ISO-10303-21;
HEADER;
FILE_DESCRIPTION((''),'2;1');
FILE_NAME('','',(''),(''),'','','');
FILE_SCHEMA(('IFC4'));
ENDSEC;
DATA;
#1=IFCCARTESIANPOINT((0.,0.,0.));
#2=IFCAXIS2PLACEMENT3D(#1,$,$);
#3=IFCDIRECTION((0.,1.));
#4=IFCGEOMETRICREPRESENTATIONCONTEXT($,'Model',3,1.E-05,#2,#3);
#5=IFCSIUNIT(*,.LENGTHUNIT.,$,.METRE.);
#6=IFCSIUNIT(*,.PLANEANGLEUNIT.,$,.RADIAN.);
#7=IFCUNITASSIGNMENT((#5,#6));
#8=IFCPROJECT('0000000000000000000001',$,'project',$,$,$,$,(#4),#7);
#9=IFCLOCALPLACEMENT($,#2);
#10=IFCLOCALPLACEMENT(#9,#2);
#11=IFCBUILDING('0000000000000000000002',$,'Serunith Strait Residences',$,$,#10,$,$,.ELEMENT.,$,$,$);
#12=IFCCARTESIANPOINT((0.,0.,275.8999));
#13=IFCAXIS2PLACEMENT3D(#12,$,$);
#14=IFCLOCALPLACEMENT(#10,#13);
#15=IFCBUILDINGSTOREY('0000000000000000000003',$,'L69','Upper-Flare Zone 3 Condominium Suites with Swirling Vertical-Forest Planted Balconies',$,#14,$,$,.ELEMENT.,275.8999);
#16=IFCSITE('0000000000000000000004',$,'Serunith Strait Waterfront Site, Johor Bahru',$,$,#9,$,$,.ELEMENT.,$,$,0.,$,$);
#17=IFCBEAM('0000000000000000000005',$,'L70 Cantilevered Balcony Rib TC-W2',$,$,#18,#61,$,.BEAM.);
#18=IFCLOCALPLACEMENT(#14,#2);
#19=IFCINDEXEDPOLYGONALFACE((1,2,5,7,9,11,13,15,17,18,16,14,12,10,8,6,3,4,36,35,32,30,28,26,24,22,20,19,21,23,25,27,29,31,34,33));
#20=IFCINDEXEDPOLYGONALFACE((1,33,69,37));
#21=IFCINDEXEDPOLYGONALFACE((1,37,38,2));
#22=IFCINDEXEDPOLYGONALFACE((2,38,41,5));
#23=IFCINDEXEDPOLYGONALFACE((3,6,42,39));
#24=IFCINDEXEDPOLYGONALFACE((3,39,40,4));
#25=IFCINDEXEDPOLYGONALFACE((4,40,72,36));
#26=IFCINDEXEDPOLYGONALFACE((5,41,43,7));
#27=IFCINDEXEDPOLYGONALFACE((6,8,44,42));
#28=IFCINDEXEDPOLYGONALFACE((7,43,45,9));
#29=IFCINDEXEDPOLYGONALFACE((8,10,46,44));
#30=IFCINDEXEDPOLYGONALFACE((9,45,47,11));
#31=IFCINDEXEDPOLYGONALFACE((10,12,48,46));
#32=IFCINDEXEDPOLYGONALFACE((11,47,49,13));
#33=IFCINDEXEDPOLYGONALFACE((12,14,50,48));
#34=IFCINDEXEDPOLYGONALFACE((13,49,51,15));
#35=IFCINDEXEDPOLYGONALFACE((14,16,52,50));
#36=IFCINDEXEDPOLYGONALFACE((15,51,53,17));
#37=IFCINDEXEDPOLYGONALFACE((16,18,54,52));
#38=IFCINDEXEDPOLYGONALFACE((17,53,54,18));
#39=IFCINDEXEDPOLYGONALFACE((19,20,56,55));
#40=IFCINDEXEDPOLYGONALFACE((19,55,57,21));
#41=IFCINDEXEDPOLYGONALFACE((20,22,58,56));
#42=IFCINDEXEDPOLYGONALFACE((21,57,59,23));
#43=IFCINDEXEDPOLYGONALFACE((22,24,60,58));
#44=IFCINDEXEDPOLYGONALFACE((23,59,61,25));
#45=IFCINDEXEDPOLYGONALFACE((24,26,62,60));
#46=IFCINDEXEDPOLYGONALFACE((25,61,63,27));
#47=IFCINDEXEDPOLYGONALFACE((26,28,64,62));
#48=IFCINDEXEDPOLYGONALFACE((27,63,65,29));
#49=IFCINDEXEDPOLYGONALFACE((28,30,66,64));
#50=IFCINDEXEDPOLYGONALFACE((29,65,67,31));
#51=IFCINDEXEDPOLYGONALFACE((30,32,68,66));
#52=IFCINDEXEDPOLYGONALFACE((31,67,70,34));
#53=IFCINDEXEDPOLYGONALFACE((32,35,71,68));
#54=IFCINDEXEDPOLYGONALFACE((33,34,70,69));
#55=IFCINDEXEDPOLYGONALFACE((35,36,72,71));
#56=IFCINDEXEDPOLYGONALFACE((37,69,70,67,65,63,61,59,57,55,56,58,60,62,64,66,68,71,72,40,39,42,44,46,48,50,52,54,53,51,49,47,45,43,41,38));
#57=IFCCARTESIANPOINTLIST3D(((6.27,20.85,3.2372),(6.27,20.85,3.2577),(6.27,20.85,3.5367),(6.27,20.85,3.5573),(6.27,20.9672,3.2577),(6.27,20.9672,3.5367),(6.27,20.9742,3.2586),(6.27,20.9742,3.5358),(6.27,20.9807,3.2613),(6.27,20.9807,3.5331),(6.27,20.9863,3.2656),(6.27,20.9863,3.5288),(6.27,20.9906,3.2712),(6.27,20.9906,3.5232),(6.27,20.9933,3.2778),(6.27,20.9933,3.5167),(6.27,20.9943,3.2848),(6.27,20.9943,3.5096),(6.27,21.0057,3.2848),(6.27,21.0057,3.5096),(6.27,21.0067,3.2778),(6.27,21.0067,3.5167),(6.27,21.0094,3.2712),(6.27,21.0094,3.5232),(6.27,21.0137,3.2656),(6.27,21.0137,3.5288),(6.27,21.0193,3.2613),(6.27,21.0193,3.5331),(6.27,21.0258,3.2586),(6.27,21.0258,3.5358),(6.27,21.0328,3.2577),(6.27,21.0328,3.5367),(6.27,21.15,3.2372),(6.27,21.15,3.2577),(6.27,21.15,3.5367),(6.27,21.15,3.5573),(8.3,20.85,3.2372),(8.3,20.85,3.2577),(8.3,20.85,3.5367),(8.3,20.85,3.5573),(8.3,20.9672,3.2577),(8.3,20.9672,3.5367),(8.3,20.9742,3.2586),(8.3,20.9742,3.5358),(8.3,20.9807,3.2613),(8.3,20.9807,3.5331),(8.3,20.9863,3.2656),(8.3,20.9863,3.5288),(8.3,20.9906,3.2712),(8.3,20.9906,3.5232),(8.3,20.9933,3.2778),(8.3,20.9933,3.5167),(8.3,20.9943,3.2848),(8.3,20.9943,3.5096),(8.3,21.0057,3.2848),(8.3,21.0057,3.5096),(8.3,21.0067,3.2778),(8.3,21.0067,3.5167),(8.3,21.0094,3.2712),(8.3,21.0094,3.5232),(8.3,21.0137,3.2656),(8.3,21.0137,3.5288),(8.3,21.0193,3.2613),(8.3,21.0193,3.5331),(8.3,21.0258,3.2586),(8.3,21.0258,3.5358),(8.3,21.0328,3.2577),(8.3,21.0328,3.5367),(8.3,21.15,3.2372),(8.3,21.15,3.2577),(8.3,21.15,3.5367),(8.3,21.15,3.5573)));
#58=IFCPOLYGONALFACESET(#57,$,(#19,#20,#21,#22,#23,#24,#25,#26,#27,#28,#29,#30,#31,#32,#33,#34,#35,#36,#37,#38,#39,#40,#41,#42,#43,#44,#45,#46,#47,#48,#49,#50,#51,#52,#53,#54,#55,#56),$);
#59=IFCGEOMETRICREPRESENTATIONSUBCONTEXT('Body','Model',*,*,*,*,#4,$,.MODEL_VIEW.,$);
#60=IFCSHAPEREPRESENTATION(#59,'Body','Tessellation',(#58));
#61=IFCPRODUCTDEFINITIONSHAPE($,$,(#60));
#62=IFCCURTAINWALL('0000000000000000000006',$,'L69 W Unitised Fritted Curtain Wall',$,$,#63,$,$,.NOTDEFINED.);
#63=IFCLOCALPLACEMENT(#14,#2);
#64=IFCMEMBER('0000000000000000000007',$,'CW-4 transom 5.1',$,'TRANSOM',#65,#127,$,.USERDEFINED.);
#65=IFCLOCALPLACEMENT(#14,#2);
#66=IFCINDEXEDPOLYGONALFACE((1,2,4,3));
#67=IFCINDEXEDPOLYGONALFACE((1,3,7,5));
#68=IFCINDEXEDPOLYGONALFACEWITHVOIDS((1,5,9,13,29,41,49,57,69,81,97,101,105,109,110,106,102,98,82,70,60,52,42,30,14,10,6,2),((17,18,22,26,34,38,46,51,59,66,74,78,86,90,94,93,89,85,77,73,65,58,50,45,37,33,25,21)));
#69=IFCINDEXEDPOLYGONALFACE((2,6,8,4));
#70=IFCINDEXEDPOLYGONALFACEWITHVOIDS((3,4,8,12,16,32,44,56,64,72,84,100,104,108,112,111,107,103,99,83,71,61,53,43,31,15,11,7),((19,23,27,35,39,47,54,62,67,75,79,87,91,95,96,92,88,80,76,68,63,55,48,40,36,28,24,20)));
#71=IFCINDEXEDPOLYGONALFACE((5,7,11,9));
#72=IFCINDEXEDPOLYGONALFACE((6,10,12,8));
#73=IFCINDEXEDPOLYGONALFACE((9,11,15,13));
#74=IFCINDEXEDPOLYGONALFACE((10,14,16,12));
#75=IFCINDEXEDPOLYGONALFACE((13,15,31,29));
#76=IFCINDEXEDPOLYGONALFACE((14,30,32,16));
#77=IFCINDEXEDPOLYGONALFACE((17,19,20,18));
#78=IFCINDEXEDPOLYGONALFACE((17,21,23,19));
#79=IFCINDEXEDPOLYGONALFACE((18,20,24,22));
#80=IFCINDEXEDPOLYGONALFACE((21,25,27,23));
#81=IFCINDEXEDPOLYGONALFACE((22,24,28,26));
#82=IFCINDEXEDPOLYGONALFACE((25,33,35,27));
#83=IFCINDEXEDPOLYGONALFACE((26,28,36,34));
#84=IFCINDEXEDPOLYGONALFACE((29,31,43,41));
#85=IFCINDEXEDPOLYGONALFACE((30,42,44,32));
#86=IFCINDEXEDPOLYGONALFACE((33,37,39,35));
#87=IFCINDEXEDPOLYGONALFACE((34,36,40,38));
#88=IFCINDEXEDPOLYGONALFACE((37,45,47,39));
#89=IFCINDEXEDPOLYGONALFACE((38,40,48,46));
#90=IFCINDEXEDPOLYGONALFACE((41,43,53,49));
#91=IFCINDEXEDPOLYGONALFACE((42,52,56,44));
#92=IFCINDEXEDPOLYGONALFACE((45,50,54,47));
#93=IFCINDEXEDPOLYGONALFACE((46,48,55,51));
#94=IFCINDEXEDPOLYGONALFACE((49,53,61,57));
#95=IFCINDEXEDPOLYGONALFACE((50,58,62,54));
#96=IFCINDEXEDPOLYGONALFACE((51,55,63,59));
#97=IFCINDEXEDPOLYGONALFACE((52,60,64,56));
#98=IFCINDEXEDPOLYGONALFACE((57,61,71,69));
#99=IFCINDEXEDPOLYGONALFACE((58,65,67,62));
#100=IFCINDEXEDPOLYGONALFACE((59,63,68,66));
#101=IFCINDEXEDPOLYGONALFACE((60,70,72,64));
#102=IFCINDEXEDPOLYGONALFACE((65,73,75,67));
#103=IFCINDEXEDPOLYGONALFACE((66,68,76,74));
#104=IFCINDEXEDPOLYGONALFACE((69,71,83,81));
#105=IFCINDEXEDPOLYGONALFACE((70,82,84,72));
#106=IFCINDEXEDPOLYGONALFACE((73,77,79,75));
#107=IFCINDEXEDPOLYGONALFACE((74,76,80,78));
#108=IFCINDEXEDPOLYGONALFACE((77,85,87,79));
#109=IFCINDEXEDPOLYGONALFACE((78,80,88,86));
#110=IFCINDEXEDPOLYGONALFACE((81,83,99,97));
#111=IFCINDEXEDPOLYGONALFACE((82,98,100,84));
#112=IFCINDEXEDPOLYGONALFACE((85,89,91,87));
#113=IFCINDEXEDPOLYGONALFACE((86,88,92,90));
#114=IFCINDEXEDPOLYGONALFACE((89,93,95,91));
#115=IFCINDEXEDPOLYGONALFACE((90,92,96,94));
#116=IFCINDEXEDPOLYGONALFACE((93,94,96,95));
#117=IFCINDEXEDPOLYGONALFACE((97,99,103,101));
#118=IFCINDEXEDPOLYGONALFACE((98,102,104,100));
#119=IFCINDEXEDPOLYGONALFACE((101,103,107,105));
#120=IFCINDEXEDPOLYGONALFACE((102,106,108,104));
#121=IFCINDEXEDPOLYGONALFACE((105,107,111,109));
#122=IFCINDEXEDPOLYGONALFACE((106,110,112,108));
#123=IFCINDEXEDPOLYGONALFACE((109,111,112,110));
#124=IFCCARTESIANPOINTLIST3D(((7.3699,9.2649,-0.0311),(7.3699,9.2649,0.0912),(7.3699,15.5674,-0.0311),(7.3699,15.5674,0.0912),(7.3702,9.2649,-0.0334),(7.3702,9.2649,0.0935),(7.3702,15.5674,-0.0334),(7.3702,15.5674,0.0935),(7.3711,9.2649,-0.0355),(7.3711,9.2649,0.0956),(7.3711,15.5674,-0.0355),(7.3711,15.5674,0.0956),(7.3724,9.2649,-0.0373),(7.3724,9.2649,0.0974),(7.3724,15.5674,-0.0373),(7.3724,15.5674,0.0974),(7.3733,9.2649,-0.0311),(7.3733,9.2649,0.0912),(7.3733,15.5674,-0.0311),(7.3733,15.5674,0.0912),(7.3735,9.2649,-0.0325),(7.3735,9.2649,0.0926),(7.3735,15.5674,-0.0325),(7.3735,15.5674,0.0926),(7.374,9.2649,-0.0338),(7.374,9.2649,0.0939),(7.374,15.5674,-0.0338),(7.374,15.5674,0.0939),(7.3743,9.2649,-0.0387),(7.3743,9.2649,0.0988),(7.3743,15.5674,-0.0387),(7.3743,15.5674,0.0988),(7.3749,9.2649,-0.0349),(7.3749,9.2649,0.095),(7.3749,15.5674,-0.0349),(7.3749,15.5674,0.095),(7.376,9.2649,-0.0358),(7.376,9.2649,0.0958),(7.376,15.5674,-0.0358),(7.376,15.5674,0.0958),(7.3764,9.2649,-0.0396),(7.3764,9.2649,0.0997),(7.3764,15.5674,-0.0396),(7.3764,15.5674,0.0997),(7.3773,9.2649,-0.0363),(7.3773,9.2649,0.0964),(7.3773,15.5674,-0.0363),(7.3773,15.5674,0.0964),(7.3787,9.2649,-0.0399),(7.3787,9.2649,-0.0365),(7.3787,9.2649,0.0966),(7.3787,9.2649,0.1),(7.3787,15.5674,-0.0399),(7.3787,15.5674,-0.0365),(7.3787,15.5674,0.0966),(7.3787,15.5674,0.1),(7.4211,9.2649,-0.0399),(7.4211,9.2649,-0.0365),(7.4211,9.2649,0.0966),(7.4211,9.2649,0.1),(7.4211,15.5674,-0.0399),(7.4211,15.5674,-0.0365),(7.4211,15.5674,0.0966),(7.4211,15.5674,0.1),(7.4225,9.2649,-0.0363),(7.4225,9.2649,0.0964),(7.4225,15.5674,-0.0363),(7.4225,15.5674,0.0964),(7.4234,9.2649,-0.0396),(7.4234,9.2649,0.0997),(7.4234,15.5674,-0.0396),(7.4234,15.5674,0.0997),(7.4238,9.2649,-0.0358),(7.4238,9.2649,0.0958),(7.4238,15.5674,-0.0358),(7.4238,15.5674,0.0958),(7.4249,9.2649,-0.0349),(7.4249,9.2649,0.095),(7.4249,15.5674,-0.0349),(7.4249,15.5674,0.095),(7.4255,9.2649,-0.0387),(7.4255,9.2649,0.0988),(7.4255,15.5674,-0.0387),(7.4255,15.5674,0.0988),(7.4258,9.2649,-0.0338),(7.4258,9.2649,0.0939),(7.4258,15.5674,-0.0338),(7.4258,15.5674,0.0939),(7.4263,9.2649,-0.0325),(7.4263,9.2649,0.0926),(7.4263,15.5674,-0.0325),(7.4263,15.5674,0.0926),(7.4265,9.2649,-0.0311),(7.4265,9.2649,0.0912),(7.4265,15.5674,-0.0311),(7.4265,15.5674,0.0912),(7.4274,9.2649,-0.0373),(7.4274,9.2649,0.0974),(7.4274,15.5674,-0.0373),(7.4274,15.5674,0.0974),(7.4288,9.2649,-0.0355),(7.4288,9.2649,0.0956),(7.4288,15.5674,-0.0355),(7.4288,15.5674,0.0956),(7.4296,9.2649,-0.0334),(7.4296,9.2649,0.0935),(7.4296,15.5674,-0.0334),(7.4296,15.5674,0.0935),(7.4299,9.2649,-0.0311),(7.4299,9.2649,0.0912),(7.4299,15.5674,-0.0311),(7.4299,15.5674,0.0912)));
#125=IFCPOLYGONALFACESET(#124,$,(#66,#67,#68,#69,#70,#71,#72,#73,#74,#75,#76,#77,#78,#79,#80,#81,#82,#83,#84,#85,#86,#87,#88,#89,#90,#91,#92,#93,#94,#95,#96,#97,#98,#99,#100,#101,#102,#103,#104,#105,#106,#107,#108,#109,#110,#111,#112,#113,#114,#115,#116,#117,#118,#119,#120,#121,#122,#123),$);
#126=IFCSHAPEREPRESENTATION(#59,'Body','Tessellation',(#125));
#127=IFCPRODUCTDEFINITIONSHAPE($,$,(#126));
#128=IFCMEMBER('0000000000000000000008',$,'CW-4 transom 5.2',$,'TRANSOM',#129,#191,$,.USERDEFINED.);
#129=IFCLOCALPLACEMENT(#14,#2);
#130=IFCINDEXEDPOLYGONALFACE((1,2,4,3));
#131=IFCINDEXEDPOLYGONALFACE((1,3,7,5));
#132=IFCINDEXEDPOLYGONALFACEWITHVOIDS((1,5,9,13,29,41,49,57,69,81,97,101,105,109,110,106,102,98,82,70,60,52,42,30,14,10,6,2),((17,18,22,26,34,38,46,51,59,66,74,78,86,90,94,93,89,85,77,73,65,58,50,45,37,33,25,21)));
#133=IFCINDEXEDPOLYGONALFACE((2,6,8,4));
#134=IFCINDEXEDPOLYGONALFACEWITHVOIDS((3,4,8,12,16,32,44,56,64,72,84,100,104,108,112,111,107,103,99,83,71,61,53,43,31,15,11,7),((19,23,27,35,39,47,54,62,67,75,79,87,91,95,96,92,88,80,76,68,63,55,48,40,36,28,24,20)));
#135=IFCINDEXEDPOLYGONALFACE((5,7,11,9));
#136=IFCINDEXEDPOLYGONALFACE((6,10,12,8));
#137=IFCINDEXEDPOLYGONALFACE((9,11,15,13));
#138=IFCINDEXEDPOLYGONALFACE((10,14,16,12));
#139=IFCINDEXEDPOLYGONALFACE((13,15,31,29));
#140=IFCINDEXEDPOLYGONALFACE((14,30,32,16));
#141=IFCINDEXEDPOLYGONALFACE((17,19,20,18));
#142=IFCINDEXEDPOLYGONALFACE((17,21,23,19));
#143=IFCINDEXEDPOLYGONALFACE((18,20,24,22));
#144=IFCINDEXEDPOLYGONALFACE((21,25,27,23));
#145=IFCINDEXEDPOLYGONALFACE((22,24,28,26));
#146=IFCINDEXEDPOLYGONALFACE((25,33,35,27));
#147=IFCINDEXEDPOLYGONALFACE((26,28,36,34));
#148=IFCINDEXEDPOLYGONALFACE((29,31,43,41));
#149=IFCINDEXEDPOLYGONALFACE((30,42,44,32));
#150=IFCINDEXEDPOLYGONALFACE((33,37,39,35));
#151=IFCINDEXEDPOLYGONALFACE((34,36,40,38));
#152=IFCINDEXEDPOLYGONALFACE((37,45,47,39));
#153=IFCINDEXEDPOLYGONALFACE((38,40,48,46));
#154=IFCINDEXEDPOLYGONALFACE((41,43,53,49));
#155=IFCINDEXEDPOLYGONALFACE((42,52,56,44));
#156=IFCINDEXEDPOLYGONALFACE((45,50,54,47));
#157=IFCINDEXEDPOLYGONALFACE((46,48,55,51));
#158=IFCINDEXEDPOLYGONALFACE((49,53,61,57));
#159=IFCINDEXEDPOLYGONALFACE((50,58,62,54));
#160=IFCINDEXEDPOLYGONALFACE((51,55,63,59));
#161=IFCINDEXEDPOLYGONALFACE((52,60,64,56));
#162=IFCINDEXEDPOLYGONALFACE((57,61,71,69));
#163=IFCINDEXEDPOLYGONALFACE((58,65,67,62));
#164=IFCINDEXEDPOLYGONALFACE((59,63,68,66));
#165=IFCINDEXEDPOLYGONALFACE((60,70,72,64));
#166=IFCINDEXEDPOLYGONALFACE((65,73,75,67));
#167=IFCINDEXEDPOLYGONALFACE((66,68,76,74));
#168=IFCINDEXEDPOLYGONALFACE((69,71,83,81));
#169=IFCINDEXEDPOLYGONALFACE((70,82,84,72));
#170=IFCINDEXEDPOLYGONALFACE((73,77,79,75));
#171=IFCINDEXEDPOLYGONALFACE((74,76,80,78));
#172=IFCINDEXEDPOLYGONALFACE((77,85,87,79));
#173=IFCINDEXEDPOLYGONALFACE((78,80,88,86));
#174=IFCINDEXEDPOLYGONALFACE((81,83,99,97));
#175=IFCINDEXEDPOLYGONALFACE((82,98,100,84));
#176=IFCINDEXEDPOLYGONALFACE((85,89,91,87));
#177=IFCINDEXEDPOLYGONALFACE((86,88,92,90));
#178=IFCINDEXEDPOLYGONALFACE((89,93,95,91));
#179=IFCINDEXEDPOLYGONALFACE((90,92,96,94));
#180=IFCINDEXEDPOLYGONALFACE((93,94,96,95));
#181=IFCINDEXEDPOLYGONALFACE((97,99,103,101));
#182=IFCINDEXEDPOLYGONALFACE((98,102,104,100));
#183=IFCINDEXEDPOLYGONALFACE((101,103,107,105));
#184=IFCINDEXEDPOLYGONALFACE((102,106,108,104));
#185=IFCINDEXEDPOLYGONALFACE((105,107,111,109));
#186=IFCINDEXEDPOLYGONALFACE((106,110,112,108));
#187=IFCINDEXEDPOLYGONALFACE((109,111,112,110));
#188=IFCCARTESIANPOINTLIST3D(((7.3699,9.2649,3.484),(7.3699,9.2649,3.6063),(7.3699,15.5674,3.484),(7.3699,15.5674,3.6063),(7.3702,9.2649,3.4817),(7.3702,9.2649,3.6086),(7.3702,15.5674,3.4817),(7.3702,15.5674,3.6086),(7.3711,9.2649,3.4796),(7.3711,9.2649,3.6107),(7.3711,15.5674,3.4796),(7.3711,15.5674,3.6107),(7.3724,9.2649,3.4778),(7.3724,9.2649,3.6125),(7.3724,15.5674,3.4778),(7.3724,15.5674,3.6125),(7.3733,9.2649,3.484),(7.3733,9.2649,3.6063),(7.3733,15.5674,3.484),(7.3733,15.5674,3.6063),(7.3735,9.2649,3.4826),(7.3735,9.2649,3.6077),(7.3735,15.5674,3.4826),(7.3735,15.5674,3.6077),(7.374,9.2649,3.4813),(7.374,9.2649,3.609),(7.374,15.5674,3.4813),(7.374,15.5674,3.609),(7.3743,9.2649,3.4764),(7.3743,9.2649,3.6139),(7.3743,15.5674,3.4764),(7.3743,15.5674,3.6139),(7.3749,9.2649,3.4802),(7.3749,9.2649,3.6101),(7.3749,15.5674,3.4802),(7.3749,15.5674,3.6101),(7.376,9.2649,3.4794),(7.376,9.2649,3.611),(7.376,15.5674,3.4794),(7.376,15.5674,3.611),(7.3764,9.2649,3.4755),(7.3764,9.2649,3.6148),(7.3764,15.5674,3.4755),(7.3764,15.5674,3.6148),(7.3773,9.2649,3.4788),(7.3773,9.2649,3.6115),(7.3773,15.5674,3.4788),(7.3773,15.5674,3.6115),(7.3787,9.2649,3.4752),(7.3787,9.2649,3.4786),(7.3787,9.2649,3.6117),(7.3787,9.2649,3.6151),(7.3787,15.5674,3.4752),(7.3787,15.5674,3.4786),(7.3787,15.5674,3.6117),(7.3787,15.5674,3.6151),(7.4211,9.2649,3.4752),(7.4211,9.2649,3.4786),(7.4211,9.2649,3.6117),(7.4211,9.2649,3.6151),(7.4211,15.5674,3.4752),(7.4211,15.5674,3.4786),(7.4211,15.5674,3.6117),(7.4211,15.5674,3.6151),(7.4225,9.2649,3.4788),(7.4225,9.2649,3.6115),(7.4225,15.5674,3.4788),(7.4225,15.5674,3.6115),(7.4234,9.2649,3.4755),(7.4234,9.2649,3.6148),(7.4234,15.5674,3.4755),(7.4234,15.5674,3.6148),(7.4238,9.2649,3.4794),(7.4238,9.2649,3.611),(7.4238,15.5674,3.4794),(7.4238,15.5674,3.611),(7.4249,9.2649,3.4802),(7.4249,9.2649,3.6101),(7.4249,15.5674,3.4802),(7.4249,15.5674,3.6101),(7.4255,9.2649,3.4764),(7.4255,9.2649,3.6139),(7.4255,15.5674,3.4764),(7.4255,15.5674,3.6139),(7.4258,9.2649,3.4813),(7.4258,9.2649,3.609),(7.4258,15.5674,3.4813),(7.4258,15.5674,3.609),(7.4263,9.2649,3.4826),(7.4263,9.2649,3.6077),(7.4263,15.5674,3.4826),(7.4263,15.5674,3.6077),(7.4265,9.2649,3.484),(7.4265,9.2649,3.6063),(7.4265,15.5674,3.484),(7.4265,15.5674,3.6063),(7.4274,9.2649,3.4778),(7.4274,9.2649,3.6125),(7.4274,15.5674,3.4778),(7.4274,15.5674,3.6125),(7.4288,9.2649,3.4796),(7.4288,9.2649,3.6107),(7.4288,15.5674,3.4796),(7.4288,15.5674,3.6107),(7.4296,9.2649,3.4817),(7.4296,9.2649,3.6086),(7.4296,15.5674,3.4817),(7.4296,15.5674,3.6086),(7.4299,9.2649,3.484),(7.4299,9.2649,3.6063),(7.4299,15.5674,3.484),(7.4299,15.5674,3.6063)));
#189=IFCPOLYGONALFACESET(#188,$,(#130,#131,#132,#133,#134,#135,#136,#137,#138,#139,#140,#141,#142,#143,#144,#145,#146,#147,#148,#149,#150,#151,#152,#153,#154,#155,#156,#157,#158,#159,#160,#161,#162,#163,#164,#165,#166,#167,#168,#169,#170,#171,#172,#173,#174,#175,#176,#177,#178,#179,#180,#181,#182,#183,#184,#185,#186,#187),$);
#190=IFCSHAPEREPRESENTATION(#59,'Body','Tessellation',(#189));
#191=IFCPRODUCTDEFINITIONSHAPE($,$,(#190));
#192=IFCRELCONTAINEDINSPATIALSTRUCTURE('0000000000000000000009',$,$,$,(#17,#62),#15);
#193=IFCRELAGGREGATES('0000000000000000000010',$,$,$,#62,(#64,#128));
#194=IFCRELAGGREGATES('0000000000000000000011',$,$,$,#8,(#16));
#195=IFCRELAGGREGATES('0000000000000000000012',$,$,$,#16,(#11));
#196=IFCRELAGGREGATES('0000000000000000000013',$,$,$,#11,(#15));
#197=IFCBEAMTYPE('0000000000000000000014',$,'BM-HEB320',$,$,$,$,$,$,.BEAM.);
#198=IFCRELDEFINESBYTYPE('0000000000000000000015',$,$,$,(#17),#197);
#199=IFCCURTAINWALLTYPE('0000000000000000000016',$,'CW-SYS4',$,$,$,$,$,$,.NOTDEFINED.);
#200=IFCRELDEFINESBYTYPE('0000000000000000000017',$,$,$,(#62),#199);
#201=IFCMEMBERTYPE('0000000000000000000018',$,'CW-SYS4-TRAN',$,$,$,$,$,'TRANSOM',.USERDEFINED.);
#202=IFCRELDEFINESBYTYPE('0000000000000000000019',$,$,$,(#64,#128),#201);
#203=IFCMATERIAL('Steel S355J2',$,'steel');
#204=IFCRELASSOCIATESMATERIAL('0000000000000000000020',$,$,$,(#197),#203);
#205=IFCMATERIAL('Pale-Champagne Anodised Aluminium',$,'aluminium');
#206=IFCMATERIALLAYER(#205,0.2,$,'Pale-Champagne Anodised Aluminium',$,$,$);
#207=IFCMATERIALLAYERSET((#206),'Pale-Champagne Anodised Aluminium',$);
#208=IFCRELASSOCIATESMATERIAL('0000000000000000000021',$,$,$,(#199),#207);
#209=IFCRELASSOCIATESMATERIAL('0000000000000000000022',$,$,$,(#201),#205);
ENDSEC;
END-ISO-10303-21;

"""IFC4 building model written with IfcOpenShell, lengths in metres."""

from ifc_helpers import new_model, si_unit, direction, frame, origin, origin_2d, place, context, subcontext, project, spatial, hollow_rectangle, i_section, extrude, source, transform, mapped, material, layer, layer_set, material_profile, profile_set, type_object, element, aggregate, save


model = new_model("IFC4")

# Units and contexts
model_context = context("Model", 3, precision=1e-05, world=origin(), true_north=direction((0.0, 1.0)))
body_context = subcontext(model_context, "Body", "Model", "MODEL_VIEW")
ifc_project = project(units=[si_unit("LENGTHUNIT", "METRE"), si_unit("PLANEANGLEUNIT", "RADIAN")], contexts=[model_context])

# Site, building, storey
site_placement = place(None, origin())
site = spatial("IfcSite", under=ifc_project, at=site_placement, Name="Serunith Strait Waterfront Site, Johor Bahru", CompositionType="ELEMENT", RefElevation=0.0)
building_placement = place(site_placement, origin())
building = spatial("IfcBuilding", under=site, at=building_placement, Name="Serunith Strait Residences", CompositionType="ELEMENT")
storey_placement = place(building_placement, frame((0.0, 0.0, 275.8999)))
storey = spatial("IfcBuildingStorey", under=building, at=storey_placement, Name="L69", Description="Upper-Flare Zone 3 Condominium Suites with Swirling Vertical-Forest Planted Balconies", CompositionType="ELEMENT", Elevation=275.8999)

# Beam
ifc_material_1 = material(Name="Steel S355J2", Category="steel")
ifc_material_profile_1 = material_profile(ifc_material_1, i_section(OverallWidth=0.3, OverallDepth=0.3201, WebThickness=0.0115, FlangeThickness=0.0205, FilletRadius=0.0271, at=origin_2d()), Name="HEB 320")
ifc_profile_set_1 = profile_set([ifc_material_profile_1], Name="Steel S355J2")
beam_type_1 = type_object("IfcBeamType", Name="BM-HEB320", PredefinedType="BEAM", material=ifc_profile_set_1)
shared_shape_1 = source(origin(), body_context, "Body", "SweptSolid", [
    extrude(i_section(OverallWidth=0.3, OverallDepth=0.3201, WebThickness=0.0115, FlangeThickness=0.0205, FilletRadius=0.0271, at=origin_2d()), origin(), (0.0, 0.0, 1.0), 2.03),
])
for number, where, z_axis, x_axis, name in (
    (1, (8.3, 21.0, 3.3972), (-1.0, 0.0, 0.0), (0.0, -1.0, 0.0), "L70 Cantilevered Balcony Rib TC-W2"),
):
    element("IfcBeam", number, at=place(storey_placement, frame(where, z_axis=z_axis, x_axis=x_axis)), inside=storey, type_object=beam_type_1, Name=name, PredefinedType="BEAM", context=body_context, shape_type="MappedRepresentation", body=[
        mapped(shared_shape_1, transform((0.0, 0.0, 0.0), scale=1.0)),
    ])

# Curtain wall, members
ifc_material_2 = material(Name="Pale-Champagne Anodised Aluminium", Category="aluminium")
ifc_layer_1 = layer(ifc_material_2, 0.2, Name="Pale-Champagne Anodised Aluminium")
ifc_layer_set_1 = layer_set([ifc_layer_1], Name="Pale-Champagne Anodised Aluminium")
curtain_wall_type = type_object("IfcCurtainWallType", Name="CW-SYS4", PredefinedType="NOTDEFINED", material=ifc_layer_set_1)
curtain_wall_placement = place(storey_placement, origin())
curtain_wall = element("IfcCurtainWall", 2, at=curtain_wall_placement, inside=storey, type_object=curtain_wall_type, Name="L69 W Unitised Fritted Curtain Wall", PredefinedType="NOTDEFINED")
ifc_material_profile_2 = material_profile(ifc_material_2, hollow_rectangle(XDim=0.0601, YDim=0.1399, WallThickness=0.0034, InnerFilletRadius=0.0054, OuterFilletRadius=0.0088, at=origin_2d()), Name="ALU 140x60x3.5")
ifc_profile_set_2 = profile_set([ifc_material_profile_2], Name="Pale-Champagne Anodised Aluminium")
member_type_1 = type_object("IfcMemberType", Name="CW-SYS4-TRAN", ElementType="TRANSOM", PredefinedType="USERDEFINED", material=ifc_profile_set_2)
shared_shape_2 = source(origin(), body_context, "Body", "SweptSolid", [
    extrude(hollow_rectangle(XDim=0.0601, YDim=0.1399, WallThickness=0.0034, InnerFilletRadius=0.0054, OuterFilletRadius=0.0088, at=origin_2d()), origin(), (0.0, 0.0, 1.0), 6.3025),
])
member_1_placement = place(storey_placement, frame((7.3999, 15.5674, 0.03), z_axis=(0.0, -1.0, 0.0), x_axis=(1.0, 0.0, 0.0)))
member_1 = element("IfcMember", 3, at=member_1_placement, type_object=member_type_1, Name="CW-4 transom 5.1", ObjectType="TRANSOM", PredefinedType="USERDEFINED", context=body_context, shape_type="MappedRepresentation", body=[
    mapped(shared_shape_2, transform((0.0, 0.0, 0.0), scale=1.0)),
])
member_2_placement = place(storey_placement, frame((7.3999, 15.5674, 3.5452), z_axis=(0.0, -1.0, 0.0), x_axis=(1.0, 0.0, 0.0)))
member_2 = element("IfcMember", 4, at=member_2_placement, type_object=member_type_1, Name="CW-4 transom 5.2", ObjectType="TRANSOM", PredefinedType="USERDEFINED", context=body_context, shape_type="MappedRepresentation", body=[
    mapped(shared_shape_2, transform((0.0, 0.0, 0.0), scale=1.0)),
])
aggregate(curtain_wall, [member_1, member_2])

save(model, "model.ifc")
